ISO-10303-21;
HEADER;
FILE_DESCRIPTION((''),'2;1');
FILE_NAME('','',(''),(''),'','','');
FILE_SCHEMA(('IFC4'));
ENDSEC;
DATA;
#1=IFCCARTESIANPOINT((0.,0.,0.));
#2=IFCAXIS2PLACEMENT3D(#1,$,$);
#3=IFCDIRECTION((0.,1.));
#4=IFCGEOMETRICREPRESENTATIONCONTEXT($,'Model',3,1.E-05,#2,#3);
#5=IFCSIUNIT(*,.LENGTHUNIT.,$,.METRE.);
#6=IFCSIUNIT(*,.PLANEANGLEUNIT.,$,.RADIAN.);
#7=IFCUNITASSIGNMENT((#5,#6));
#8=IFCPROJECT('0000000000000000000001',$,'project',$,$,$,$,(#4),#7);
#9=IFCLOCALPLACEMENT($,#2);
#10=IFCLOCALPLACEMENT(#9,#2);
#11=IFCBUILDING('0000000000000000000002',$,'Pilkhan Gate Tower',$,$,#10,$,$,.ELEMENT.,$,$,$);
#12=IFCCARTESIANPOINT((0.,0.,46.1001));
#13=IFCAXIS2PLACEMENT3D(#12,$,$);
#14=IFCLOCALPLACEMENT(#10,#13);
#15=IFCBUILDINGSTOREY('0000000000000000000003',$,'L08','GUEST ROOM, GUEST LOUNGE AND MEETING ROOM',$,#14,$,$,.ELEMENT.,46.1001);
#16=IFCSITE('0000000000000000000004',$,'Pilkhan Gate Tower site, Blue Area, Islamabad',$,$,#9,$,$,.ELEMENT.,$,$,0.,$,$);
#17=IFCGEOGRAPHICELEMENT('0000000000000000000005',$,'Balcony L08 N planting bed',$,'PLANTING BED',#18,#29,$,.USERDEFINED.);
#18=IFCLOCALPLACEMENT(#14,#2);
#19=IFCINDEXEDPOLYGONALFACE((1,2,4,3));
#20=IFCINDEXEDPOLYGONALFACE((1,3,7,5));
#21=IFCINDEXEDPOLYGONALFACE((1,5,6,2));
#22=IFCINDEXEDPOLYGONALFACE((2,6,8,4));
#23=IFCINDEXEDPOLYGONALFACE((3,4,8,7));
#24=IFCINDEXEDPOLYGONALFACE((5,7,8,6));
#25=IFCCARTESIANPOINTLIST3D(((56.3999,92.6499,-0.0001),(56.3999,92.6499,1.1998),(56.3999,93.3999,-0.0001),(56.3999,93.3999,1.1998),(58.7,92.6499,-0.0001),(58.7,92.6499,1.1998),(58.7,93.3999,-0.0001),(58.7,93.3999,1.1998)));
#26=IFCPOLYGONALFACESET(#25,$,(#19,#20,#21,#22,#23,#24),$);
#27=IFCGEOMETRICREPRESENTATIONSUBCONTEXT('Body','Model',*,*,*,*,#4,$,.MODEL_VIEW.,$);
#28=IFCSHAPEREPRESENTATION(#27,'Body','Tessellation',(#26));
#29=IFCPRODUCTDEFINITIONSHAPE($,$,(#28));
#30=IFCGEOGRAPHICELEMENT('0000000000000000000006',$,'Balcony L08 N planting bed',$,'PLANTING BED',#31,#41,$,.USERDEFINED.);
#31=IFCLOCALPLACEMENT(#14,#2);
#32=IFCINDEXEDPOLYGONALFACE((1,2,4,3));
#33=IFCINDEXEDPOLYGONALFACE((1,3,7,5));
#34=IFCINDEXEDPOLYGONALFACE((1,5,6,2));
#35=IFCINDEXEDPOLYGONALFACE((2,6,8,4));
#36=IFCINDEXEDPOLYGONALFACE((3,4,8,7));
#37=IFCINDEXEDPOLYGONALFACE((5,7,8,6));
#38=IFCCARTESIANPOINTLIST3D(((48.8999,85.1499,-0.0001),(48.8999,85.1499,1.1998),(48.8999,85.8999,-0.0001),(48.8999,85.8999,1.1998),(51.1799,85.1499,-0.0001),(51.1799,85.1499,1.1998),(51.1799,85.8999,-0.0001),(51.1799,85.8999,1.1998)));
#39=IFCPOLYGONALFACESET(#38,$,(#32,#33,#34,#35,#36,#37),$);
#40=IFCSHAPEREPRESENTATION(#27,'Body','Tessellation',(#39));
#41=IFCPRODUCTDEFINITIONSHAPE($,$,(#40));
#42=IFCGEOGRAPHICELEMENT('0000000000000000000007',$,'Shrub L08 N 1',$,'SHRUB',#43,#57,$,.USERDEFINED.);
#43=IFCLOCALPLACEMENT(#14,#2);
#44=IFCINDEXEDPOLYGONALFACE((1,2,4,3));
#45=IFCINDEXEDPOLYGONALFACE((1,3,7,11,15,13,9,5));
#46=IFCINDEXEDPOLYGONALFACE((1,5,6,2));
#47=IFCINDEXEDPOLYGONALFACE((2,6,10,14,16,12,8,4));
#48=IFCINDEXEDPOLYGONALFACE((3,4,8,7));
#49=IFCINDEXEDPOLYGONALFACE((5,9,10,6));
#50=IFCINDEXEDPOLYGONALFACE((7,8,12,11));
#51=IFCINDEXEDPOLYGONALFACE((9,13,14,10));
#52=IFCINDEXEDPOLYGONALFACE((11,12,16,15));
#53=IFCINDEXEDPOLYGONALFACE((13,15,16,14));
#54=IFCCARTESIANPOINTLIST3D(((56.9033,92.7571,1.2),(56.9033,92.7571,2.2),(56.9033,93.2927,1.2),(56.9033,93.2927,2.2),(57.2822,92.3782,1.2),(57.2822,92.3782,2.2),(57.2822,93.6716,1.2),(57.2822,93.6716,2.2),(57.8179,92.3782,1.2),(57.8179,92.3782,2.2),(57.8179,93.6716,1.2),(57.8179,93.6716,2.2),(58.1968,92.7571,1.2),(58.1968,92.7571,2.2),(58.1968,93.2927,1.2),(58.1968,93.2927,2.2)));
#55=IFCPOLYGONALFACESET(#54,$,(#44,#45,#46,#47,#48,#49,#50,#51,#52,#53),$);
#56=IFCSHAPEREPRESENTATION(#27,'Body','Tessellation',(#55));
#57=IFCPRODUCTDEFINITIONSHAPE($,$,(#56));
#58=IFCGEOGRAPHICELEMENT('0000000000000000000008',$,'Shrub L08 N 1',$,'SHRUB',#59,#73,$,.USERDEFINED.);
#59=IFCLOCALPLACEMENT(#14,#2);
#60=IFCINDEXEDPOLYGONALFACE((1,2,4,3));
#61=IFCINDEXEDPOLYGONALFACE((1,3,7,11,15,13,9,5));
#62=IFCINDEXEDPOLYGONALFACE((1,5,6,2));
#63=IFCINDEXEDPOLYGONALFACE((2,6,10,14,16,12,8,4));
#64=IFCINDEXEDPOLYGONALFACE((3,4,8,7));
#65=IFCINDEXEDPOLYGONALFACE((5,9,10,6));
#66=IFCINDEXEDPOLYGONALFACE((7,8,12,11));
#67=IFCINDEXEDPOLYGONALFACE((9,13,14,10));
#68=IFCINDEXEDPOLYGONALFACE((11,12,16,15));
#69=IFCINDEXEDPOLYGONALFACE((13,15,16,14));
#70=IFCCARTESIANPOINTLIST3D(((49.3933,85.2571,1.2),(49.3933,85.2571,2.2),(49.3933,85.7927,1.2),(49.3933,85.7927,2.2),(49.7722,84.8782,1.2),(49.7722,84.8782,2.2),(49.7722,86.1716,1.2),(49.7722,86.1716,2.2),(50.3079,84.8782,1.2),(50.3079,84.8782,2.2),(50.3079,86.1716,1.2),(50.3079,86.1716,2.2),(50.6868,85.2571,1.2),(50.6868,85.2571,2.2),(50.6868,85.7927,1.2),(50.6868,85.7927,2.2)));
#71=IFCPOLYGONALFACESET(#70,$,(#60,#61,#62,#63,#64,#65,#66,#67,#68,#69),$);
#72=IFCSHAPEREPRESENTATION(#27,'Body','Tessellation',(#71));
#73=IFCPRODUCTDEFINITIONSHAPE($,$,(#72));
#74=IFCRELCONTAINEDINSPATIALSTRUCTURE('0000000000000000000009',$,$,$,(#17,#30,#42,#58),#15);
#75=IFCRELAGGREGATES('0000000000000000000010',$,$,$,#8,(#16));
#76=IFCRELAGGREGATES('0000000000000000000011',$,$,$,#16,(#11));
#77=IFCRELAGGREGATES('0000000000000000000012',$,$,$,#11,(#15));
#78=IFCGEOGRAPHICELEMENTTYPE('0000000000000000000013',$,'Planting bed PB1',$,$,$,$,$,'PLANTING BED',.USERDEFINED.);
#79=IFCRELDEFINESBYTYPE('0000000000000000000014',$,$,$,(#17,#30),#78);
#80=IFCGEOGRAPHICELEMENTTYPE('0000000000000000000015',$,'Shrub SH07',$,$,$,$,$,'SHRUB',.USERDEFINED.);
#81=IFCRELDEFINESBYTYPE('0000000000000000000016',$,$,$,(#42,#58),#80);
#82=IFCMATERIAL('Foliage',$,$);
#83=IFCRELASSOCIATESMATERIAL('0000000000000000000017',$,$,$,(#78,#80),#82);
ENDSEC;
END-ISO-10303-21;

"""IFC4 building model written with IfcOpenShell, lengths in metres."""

from ifc_helpers import new_model, si_unit, direction, frame, origin, origin_2d, place, context, subcontext, project, spatial, polyline, rectangle, outline, extrude, material, material_profile, profile_set, type_object, element, save


model = new_model("IFC4")

# Units and contexts
model_context = context("Model", 3, precision=1e-05, world=origin(), true_north=direction((0.0, 1.0)))
body_context = subcontext(model_context, "Body", "Model", "MODEL_VIEW")
ifc_project = project(units=[si_unit("LENGTHUNIT", "METRE"), si_unit("PLANEANGLEUNIT", "RADIAN")], contexts=[model_context])

# Site, building, storey
site_placement = place(None, origin())
site = spatial("IfcSite", under=ifc_project, at=site_placement, Name="Pilkhan Gate Tower site, Blue Area, Islamabad", CompositionType="ELEMENT", RefElevation=0.0)
building_placement = place(site_placement, origin())
building = spatial("IfcBuilding", under=site, at=building_placement, Name="Pilkhan Gate Tower", CompositionType="ELEMENT")
storey_placement = place(building_placement, frame((0.0, 0.0, 46.1001)))
storey = spatial("IfcBuildingStorey", under=building, at=storey_placement, Name="L08", Description="GUEST ROOM, GUEST LOUNGE AND MEETING ROOM", CompositionType="ELEMENT", Elevation=46.1001)

# Geographic elements
ifc_material_1 = material(Name="Foliage")
ifc_material_profile_1 = material_profile(ifc_material_1, rectangle(XDim=0.75, YDim=1.2, at=origin_2d()), Name="Bed 750x1200")
ifc_profile_set_1 = profile_set([ifc_material_profile_1], Name="Foliage")
geographic_element_type_1 = type_object("IfcGeographicElementType", Name="Planting bed PB1", ElementType="PLANTING BED", PredefinedType="USERDEFINED", material=ifc_profile_set_1)
geographic_element_1_placement = place(storey_placement, frame((56.3999, 93.0249, 0.5999), z_axis=(1.0, 0.0, 0.0), x_axis=(0.0, 1.0, 0.0)))
element("IfcGeographicElement", 1, at=geographic_element_1_placement, inside=storey, type_object=geographic_element_type_1, Name="Balcony L08 N planting bed", ObjectType="PLANTING BED", PredefinedType="USERDEFINED", context=body_context, shape_type="SweptSolid", body=[
    extrude(rectangle(XDim=0.75, YDim=1.2, at=origin_2d()), origin(), (0.0, 0.0, 1.0), 2.3),
])
geographic_element_2_placement = place(storey_placement, frame((48.8999, 85.5249, 0.5999), z_axis=(1.0, 0.0, 0.0), x_axis=(0.0, 1.0, 0.0)))
element("IfcGeographicElement", 2, at=geographic_element_2_placement, inside=storey, type_object=geographic_element_type_1, Name="Balcony L08 N planting bed", ObjectType="PLANTING BED", PredefinedType="USERDEFINED", context=body_context, shape_type="SweptSolid", body=[
    extrude(rectangle(XDim=0.75, YDim=1.2, at=origin_2d()), origin(), (0.0, 0.0, 1.0), 2.28),
])
ifc_material_profile_2 = material_profile(ifc_material_1, outline(polyline([(0.6467, 0.2678), (0.2678, 0.6467), (-0.2678, 0.6467), (-0.6467, 0.2678), (-0.6467, -0.2678), (-0.2678, -0.6467), (0.2678, -0.6467), (0.6467, -0.2678), (0.6467, 0.2678)])), Name="Shrub D1.4")
ifc_profile_set_2 = profile_set([ifc_material_profile_2], Name="Foliage")
geographic_element_type_2 = type_object("IfcGeographicElementType", Name="Shrub SH07", ElementType="SHRUB", PredefinedType="USERDEFINED", material=ifc_profile_set_2)
for number, where, z_axis, x_axis, name in (
    (3, (57.55, 93.0249, 1.2), (0.0, 0.0, 1.0), (1.0, 0.0, 0.0), "Shrub L08 N 1"),
    (4, (50.04, 85.5249, 1.2), (0.0, 0.0, 1.0), (1.0, 0.0, 0.0), "Shrub L08 N 1"),
):
    element("IfcGeographicElement", number, at=place(storey_placement, frame(where, z_axis=z_axis, x_axis=x_axis)), inside=storey, type_object=geographic_element_type_2, Name=name, ObjectType="SHRUB", PredefinedType="USERDEFINED", context=body_context, shape_type="SweptSolid", body=[
        extrude(outline(polyline([(0.6467, 0.2678), (0.2678, 0.6467), (-0.2678, 0.6467), (-0.6467, 0.2678), (-0.6467, -0.2678), (-0.2678, -0.6467), (0.2678, -0.6467), (0.6467, -0.2678), (0.6467, 0.2678)])), origin(), (0.0, 0.0, 1.0), 1.0),
    ])

save(model, "model.ifc")
